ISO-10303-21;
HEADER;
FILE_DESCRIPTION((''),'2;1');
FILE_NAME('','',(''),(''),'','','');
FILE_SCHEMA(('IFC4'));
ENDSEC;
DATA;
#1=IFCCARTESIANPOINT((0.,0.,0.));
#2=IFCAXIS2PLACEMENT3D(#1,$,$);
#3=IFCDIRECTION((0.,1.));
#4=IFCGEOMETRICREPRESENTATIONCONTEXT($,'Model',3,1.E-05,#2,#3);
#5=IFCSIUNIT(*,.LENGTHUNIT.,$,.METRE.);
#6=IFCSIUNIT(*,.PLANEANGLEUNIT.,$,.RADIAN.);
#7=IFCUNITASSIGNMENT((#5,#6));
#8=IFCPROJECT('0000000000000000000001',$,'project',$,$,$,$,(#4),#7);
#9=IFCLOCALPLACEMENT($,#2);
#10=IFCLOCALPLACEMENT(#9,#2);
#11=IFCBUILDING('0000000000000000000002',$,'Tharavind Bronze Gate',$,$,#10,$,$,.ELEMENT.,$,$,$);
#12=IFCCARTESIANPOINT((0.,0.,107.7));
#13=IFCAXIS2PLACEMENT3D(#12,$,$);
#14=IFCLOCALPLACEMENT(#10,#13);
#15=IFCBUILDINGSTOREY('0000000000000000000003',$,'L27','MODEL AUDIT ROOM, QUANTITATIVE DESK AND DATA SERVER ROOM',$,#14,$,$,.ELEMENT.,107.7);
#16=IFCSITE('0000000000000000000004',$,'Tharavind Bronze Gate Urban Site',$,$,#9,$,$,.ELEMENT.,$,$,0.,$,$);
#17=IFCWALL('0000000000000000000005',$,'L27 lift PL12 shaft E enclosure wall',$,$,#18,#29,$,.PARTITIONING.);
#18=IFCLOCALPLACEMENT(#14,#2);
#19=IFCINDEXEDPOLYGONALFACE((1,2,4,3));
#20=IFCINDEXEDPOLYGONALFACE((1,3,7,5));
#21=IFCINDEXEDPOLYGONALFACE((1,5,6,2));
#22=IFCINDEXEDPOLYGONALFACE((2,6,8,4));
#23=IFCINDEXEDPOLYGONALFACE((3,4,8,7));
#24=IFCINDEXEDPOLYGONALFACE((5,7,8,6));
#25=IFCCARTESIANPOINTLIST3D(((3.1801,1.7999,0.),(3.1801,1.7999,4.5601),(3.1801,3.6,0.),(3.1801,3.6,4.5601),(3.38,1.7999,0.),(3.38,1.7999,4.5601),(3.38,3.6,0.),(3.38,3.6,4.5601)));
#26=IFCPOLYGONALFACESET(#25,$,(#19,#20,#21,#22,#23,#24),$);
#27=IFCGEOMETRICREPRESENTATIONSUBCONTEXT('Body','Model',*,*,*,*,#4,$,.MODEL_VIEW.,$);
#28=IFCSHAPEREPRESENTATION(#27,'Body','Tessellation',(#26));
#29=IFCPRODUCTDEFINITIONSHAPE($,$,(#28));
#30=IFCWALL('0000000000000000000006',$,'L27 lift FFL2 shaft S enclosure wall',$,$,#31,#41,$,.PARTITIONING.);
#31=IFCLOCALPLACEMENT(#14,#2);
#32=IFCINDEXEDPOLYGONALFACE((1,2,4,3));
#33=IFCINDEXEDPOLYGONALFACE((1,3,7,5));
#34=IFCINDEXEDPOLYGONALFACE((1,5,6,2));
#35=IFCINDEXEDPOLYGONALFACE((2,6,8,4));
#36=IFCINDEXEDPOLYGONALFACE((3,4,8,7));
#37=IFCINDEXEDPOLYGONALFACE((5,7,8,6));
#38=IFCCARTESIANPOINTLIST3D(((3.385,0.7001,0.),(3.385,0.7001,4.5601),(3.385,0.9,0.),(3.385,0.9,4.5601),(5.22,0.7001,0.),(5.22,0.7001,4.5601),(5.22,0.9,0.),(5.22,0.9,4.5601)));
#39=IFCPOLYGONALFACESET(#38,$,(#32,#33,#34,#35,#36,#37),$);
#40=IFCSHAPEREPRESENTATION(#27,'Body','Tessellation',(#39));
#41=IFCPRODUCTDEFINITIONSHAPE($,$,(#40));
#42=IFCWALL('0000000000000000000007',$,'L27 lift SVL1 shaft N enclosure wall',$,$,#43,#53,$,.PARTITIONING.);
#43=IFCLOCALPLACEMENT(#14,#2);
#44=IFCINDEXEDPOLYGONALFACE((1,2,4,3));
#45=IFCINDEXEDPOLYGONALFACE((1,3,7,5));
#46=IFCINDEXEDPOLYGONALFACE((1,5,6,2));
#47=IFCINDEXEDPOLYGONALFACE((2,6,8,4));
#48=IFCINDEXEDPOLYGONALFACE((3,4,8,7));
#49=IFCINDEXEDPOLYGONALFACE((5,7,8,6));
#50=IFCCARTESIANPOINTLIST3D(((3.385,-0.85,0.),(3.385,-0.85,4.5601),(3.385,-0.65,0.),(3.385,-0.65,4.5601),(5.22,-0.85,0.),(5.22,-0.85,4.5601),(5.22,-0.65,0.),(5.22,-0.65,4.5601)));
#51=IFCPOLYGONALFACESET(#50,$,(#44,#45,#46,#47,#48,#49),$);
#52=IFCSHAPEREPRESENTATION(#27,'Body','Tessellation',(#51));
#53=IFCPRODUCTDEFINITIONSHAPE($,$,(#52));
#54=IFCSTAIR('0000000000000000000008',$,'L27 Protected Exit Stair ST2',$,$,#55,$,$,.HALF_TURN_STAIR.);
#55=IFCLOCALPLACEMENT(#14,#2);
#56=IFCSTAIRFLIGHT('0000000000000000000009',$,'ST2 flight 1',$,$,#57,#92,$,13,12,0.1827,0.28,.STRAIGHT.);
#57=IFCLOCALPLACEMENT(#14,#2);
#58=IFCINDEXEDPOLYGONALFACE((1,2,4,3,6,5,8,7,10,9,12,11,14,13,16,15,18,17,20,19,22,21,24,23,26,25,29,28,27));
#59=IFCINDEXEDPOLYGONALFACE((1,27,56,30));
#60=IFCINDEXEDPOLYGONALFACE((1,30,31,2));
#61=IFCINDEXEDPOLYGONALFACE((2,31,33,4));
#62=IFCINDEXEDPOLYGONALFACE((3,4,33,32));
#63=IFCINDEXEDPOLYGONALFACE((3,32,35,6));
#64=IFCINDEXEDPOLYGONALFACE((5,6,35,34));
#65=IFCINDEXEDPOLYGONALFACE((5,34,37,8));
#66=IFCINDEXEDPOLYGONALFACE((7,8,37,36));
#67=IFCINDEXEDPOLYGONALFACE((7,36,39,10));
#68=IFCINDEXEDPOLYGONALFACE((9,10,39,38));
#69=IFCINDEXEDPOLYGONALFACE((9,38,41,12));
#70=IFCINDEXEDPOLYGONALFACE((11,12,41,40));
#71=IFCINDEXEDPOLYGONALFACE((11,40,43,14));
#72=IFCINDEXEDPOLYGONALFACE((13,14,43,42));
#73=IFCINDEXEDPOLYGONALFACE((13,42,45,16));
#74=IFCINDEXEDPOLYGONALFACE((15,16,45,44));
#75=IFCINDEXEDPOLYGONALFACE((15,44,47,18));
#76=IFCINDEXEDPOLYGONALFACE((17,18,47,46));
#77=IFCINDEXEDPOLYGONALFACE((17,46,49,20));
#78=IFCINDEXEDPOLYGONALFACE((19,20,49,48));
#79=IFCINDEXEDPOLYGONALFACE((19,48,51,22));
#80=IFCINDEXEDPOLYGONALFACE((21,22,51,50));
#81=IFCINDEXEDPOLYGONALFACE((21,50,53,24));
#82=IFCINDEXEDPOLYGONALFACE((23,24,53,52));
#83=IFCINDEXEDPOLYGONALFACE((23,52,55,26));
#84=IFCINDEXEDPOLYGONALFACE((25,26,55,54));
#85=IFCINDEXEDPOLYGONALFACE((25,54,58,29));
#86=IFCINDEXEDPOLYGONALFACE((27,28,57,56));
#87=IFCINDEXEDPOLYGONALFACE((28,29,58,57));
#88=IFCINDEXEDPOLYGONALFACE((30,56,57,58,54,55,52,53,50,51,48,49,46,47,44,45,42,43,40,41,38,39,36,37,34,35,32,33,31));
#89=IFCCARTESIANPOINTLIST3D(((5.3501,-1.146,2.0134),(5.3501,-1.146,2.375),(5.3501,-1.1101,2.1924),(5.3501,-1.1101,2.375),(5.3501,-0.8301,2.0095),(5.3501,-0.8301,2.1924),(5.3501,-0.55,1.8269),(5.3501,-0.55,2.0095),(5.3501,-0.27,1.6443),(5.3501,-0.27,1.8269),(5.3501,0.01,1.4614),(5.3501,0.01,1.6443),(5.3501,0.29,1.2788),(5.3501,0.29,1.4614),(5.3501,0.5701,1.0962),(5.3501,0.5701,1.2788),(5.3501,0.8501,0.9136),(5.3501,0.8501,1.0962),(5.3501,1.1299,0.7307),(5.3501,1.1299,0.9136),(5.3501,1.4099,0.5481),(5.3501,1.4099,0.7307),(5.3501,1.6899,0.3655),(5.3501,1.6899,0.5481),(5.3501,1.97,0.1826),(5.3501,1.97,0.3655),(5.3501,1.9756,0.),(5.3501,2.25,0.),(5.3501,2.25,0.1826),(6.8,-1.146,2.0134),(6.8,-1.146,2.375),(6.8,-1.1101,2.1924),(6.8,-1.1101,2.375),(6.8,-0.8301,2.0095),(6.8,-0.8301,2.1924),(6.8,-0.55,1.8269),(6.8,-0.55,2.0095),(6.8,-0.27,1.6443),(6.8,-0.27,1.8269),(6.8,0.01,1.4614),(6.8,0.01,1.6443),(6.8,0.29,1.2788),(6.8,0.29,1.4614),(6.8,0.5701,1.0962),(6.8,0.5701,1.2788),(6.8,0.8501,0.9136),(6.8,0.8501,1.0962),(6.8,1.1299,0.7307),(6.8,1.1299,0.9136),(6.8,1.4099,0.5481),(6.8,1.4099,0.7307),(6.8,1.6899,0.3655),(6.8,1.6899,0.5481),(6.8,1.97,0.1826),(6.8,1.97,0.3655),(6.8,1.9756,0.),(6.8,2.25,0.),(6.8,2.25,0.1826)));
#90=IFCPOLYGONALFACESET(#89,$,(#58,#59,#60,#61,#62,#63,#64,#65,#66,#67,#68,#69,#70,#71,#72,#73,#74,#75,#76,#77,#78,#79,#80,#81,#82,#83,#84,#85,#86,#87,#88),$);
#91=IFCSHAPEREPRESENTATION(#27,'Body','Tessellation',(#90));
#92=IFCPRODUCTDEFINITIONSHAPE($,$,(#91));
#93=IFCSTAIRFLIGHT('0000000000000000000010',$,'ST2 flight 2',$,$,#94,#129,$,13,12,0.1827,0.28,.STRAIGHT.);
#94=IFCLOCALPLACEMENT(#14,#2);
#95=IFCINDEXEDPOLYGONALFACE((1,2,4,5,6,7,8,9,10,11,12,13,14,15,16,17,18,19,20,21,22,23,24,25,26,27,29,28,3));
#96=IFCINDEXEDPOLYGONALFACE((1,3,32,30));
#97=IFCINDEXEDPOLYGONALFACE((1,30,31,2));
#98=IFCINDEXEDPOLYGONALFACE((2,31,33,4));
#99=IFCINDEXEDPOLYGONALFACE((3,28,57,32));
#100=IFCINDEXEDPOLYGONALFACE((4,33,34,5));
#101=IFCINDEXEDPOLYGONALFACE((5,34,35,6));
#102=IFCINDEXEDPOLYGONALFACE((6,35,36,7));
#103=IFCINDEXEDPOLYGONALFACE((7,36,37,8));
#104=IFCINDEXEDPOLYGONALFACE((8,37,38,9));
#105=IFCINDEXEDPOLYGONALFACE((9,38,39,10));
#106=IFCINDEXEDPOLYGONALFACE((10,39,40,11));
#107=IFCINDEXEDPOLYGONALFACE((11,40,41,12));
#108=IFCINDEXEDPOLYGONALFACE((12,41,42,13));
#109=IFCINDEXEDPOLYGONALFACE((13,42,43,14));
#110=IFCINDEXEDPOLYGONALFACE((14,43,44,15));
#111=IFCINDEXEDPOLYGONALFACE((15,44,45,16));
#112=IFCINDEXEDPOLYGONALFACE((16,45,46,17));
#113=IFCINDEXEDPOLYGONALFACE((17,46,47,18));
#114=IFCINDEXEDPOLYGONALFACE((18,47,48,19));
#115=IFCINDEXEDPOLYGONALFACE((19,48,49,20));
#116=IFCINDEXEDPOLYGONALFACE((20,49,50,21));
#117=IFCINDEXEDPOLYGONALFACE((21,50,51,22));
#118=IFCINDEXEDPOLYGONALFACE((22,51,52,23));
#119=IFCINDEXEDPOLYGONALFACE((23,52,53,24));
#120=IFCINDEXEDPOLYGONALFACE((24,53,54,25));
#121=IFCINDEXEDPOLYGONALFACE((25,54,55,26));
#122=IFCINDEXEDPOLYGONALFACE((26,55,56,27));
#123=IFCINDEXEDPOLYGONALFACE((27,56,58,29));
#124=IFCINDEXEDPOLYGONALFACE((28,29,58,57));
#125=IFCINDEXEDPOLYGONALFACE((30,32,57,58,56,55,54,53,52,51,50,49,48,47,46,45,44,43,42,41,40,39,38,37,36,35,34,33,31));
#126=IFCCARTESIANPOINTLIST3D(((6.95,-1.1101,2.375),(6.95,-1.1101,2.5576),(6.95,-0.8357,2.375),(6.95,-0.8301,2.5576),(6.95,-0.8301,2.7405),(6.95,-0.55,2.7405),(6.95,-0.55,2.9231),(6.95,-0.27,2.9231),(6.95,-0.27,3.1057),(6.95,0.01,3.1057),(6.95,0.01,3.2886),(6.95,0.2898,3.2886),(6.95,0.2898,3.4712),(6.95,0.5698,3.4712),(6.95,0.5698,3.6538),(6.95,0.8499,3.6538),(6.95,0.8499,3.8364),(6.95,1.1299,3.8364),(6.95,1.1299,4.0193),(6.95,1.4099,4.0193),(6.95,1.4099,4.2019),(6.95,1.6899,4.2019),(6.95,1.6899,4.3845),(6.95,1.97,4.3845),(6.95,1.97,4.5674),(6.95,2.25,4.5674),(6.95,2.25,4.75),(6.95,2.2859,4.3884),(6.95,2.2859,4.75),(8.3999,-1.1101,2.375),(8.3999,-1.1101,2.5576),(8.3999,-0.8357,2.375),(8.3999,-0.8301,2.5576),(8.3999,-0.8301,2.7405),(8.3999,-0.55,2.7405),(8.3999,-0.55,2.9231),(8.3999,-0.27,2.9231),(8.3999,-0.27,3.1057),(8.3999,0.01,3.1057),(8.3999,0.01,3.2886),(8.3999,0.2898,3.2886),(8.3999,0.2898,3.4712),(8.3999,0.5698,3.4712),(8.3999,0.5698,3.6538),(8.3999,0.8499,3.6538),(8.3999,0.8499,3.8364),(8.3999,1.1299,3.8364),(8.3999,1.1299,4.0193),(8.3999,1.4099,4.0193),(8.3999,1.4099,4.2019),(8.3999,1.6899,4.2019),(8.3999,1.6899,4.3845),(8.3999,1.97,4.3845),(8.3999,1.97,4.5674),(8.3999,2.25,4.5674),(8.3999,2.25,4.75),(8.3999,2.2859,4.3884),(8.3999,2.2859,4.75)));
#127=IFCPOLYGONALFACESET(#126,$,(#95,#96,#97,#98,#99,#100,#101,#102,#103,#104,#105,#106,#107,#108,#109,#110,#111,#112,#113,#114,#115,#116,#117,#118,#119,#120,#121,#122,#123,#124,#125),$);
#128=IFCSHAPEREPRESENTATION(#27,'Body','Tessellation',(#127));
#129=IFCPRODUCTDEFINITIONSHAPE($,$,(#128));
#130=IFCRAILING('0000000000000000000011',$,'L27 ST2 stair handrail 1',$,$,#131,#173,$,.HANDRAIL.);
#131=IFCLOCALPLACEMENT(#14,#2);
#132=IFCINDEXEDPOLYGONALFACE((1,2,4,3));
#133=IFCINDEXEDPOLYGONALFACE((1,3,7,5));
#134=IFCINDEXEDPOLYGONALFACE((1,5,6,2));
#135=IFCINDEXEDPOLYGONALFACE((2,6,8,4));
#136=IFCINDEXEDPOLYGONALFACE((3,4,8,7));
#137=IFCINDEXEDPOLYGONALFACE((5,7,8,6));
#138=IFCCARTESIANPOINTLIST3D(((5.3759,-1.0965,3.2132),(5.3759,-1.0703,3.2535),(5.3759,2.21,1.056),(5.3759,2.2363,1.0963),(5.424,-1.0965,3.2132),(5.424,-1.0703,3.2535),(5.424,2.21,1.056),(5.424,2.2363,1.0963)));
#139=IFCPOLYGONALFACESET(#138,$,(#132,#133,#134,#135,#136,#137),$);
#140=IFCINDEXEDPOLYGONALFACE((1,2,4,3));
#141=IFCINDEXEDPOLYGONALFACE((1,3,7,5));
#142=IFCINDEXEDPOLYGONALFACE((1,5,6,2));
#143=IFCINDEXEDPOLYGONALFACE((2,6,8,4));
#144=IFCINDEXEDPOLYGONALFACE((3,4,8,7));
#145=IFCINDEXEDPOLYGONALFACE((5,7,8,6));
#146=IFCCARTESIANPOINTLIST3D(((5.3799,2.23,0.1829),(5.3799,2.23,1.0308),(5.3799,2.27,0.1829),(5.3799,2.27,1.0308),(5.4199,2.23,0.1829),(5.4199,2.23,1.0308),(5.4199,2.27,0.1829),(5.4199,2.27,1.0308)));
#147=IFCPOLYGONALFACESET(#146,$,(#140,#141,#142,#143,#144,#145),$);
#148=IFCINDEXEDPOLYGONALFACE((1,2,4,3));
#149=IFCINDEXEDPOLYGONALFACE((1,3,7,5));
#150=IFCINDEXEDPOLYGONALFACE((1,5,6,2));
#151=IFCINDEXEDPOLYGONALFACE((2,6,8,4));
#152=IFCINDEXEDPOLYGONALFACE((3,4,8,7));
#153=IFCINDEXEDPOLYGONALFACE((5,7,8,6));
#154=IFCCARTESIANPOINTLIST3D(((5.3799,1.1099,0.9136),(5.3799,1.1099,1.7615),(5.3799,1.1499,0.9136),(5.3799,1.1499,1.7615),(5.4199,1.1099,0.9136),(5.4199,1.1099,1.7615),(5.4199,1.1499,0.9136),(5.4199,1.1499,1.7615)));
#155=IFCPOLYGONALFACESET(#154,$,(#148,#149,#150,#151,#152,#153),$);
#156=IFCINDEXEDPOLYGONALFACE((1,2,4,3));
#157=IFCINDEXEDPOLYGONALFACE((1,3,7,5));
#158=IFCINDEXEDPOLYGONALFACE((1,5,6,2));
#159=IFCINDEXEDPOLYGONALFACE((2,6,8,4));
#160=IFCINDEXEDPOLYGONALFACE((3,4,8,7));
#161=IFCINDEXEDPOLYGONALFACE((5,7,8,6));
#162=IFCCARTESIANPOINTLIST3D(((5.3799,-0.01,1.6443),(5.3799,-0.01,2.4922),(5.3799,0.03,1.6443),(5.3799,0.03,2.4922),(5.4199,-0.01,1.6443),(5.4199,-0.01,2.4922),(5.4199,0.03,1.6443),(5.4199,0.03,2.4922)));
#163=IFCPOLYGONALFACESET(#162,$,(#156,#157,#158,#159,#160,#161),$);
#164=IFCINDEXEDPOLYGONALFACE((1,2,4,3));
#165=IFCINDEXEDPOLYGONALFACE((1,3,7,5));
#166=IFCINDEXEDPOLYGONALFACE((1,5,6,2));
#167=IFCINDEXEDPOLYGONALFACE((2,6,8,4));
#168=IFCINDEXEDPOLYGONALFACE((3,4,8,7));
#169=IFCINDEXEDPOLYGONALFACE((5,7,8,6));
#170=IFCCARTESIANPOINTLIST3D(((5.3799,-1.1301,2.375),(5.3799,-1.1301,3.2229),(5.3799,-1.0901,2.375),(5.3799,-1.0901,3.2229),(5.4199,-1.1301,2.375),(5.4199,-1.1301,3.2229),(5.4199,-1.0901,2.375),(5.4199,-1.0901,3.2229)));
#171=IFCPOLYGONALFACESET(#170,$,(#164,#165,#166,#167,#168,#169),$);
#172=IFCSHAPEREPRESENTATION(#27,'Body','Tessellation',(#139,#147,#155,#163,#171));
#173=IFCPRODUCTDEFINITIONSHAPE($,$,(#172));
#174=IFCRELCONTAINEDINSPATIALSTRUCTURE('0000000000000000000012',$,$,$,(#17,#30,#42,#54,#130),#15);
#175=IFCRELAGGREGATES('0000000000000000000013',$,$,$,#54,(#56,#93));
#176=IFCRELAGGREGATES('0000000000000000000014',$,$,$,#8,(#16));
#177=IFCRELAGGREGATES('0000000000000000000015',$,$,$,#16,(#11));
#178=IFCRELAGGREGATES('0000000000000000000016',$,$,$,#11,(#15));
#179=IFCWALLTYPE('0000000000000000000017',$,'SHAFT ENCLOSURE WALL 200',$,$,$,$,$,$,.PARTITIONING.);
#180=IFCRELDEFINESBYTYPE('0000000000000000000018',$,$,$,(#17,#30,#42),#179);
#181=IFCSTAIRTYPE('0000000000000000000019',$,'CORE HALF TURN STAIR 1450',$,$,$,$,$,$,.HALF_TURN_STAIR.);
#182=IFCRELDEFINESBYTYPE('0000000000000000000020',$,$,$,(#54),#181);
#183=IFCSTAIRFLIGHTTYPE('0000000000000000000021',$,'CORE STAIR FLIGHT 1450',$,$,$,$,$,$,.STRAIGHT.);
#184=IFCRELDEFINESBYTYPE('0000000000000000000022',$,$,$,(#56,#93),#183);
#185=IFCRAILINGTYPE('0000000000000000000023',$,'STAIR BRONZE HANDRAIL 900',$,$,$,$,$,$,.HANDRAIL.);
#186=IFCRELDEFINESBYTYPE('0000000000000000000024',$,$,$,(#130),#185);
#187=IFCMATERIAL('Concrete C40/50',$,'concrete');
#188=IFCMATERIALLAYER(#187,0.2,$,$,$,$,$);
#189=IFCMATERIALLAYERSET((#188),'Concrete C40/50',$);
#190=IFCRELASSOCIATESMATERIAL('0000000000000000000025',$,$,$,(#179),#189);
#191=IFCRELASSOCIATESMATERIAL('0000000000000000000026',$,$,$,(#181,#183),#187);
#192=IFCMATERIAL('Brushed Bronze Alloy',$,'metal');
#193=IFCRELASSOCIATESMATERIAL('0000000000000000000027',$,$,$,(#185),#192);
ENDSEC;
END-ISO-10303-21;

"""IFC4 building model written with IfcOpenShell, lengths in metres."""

from ifc_helpers import new_model, si_unit, direction, frame, frame_2d, origin, origin_2d, place, context, subcontext, project, spatial, polyline, rectangle, outline, extrude, material, layer, layer_set, type_object, element, aggregate, save


model = new_model("IFC4")

# Units and contexts
model_context = context("Model", 3, precision=1e-05, world=origin(), true_north=direction((0.0, 1.0)))
body_context = subcontext(model_context, "Body", "Model", "MODEL_VIEW")
ifc_project = project(units=[si_unit("LENGTHUNIT", "METRE"), si_unit("PLANEANGLEUNIT", "RADIAN")], contexts=[model_context])

# Site, building, storey
site_placement = place(None, origin())
site = spatial("IfcSite", under=ifc_project, at=site_placement, Name="Tharavind Bronze Gate Urban Site", CompositionType="ELEMENT", RefElevation=0.0)
building_placement = place(site_placement, origin())
building = spatial("IfcBuilding", under=site, at=building_placement, Name="Tharavind Bronze Gate", CompositionType="ELEMENT")
storey_placement = place(building_placement, frame((0.0, 0.0, 107.7)))
storey = spatial("IfcBuildingStorey", under=building, at=storey_placement, Name="L27", Description="MODEL AUDIT ROOM, QUANTITATIVE DESK AND DATA SERVER ROOM", CompositionType="ELEMENT", Elevation=107.7)

# Walls
ifc_material_1 = material(Name="Concrete C40/50", Category="concrete")
ifc_layer_1 = layer(ifc_material_1, 0.2)
ifc_layer_set_1 = layer_set([ifc_layer_1], Name="Concrete C40/50")
wall_type = type_object("IfcWallType", Name="SHAFT ENCLOSURE WALL 200", PredefinedType="PARTITIONING", material=ifc_layer_set_1)
wall_placement = place(storey_placement, frame((3.28, 1.8, 0.0), z_axis=(0.0, 0.0, 1.0), x_axis=(0.0, 1.0, 0.0)))
element("IfcWall", 1, at=wall_placement, inside=storey, type_object=wall_type, Name="L27 lift PL12 shaft E enclosure wall", PredefinedType="PARTITIONING", context=body_context, shape_type="SweptSolid", body=[
    extrude(rectangle(XDim=1.8, YDim=0.2, at=frame_2d((0.8999, 0.0))), origin(), (0.0, 0.0, 1.0), 4.5601),
])
for number, where, z_axis, x_axis, name in (
    (2, (3.385, 0.8, 0.0), (0.0, 0.0, 1.0), (1.0, 0.0, 0.0), "L27 lift FFL2 shaft S enclosure wall"),
    (3, (3.385, -0.75, 0.0), (0.0, 0.0, 1.0), (1.0, 0.0, 0.0), "L27 lift SVL1 shaft N enclosure wall"),
):
    element("IfcWall", number, at=place(storey_placement, frame(where, z_axis=z_axis, x_axis=x_axis)), inside=storey, type_object=wall_type, Name=name, PredefinedType="PARTITIONING", context=body_context, shape_type="SweptSolid", body=[
        extrude(rectangle(XDim=1.835, YDim=0.2, at=frame_2d((0.9175, 0.0))), origin(), (0.0, 0.0, 1.0), 4.5601),
    ])

# Stair, stair flights
stair_type = type_object("IfcStairType", Name="CORE HALF TURN STAIR 1450", PredefinedType="HALF_TURN_STAIR", material=ifc_material_1)
stair_placement = place(storey_placement, origin())
stair = element("IfcStair", 4, at=stair_placement, inside=storey, type_object=stair_type, Name="L27 Protected Exit Stair ST2", PredefinedType="HALF_TURN_STAIR")
stair_flight_type = type_object("IfcStairFlightType", Name="CORE STAIR FLIGHT 1450", PredefinedType="STRAIGHT", material=ifc_material_1)
stair_flight_1_placement = place(storey_placement, frame((6.075, 2.25, 0.0), z_axis=(0.0, 0.0, 1.0), x_axis=(0.0, -1.0, 0.0)))
stair_flight_1 = element("IfcStairFlight", 5, at=stair_flight_1_placement, type_object=stair_flight_type, Name="ST2 flight 1", NumberOfRisers=13, NumberOfTreads=12, PredefinedType="STRAIGHT", RiserHeight=0.1827, TreadLength=0.28, context=body_context, shape_type="SweptSolid", body=[
    extrude(outline(polyline([(0.0, 0.0), (0.0, 0.1826), (0.28, 0.1826), (0.28, 0.3655), (0.5601, 0.3655), (0.5601, 0.5481), (0.8401, 0.5481), (0.8401, 0.7307), (1.1201, 0.7307), (1.1201, 0.9136), (1.3999, 0.9136), (1.3999, 1.0962), (1.6799, 1.0962), (1.6799, 1.2788), (1.96, 1.2788), (1.96, 1.4614), (2.24, 1.4614), (2.24, 1.6443), (2.52, 1.6443), (2.52, 1.8269), (2.8, 1.8269), (2.8, 2.0095), (3.0801, 2.0095), (3.0801, 2.1924), (3.3601, 2.1924), (3.3601, 2.375), (3.396, 2.375), (3.396, 2.0134), (0.2744, 0.0), (0.0, 0.0)])), frame((0.0, 0.7251, 0.0), z_axis=(0.0, -1.0, 0.0), x_axis=(1.0, 0.0, 0.0)), (0.0, 0.0, 1.0), 1.45),
])
stair_flight_2_placement = place(storey_placement, frame((7.675, -1.1101, 2.375), z_axis=(0.0, 0.0, 1.0), x_axis=(0.0, 1.0, 0.0)))
stair_flight_2 = element("IfcStairFlight", 6, at=stair_flight_2_placement, type_object=stair_flight_type, Name="ST2 flight 2", NumberOfRisers=13, NumberOfTreads=12, PredefinedType="STRAIGHT", RiserHeight=0.1827, TreadLength=0.28, context=body_context, shape_type="SweptSolid", body=[
    extrude(outline(polyline([(0.0, 0.0), (0.0, 0.1826), (0.28, 0.1826), (0.28, 0.3655), (0.5601, 0.3655), (0.5601, 0.5481), (0.8401, 0.5481), (0.8401, 0.7307), (1.1201, 0.7307), (1.1201, 0.9136), (1.3999, 0.9136), (1.3999, 1.0962), (1.6799, 1.0962), (1.6799, 1.2788), (1.96, 1.2788), (1.96, 1.4614), (2.24, 1.4614), (2.24, 1.6443), (2.52, 1.6443), (2.52, 1.8269), (2.8, 1.8269), (2.8, 2.0095), (3.0801, 2.0095), (3.0801, 2.1924), (3.3601, 2.1924), (3.3601, 2.375), (3.396, 2.375), (3.396, 2.0134), (0.2744, 0.0), (0.0, 0.0)])), frame((0.0, 0.7251, 0.0), z_axis=(0.0, -1.0, 0.0), x_axis=(1.0, 0.0, 0.0)), (0.0, 0.0, 1.0), 1.45),
])
aggregate(stair, [stair_flight_1, stair_flight_2])

# Railing
ifc_material_2 = material(Name="Brushed Bronze Alloy", Category="metal")
railing_type_1 = type_object("IfcRailingType", Name="STAIR BRONZE HANDRAIL 900", PredefinedType="HANDRAIL", material=ifc_material_2)
railing_1_placement = place(storey_placement, frame((5.3999, 2.25, 0.1829)))
element("IfcRailing", 7, at=railing_1_placement, inside=storey, type_object=railing_type_1, Name="L27 ST2 stair handrail 1", PredefinedType="HANDRAIL", context=body_context, shape_type="SweptSolid", body=[
    extrude(rectangle(XDim=0.0481, YDim=0.0481, at=origin_2d()), frame((0.0, -0.0269, 0.8933), z_axis=(0.0, -0.837523, 0.546401), x_axis=(1.0, 0.0, 0.0)), (0.0, 0.0, 1.0), 3.948),
    extrude(rectangle(XDim=0.04, YDim=0.04, at=origin_2d()), origin(), (0.0, 0.0, 1.0), 0.8479),
    extrude(rectangle(XDim=0.04, YDim=0.04, at=origin_2d()), frame((0.0, -1.1201, 0.7307)), (0.0, 0.0, 1.0), 0.8479),
    extrude(rectangle(XDim=0.04, YDim=0.04, at=origin_2d()), frame((0.0, -2.24, 1.4614)), (0.0, 0.0, 1.0), 0.8479),
    extrude(rectangle(XDim=0.04, YDim=0.04, at=origin_2d()), frame((0.0, -3.3601, 2.1921)), (0.0, 0.0, 1.0), 0.8479),
])

save(model, "model.ifc")
